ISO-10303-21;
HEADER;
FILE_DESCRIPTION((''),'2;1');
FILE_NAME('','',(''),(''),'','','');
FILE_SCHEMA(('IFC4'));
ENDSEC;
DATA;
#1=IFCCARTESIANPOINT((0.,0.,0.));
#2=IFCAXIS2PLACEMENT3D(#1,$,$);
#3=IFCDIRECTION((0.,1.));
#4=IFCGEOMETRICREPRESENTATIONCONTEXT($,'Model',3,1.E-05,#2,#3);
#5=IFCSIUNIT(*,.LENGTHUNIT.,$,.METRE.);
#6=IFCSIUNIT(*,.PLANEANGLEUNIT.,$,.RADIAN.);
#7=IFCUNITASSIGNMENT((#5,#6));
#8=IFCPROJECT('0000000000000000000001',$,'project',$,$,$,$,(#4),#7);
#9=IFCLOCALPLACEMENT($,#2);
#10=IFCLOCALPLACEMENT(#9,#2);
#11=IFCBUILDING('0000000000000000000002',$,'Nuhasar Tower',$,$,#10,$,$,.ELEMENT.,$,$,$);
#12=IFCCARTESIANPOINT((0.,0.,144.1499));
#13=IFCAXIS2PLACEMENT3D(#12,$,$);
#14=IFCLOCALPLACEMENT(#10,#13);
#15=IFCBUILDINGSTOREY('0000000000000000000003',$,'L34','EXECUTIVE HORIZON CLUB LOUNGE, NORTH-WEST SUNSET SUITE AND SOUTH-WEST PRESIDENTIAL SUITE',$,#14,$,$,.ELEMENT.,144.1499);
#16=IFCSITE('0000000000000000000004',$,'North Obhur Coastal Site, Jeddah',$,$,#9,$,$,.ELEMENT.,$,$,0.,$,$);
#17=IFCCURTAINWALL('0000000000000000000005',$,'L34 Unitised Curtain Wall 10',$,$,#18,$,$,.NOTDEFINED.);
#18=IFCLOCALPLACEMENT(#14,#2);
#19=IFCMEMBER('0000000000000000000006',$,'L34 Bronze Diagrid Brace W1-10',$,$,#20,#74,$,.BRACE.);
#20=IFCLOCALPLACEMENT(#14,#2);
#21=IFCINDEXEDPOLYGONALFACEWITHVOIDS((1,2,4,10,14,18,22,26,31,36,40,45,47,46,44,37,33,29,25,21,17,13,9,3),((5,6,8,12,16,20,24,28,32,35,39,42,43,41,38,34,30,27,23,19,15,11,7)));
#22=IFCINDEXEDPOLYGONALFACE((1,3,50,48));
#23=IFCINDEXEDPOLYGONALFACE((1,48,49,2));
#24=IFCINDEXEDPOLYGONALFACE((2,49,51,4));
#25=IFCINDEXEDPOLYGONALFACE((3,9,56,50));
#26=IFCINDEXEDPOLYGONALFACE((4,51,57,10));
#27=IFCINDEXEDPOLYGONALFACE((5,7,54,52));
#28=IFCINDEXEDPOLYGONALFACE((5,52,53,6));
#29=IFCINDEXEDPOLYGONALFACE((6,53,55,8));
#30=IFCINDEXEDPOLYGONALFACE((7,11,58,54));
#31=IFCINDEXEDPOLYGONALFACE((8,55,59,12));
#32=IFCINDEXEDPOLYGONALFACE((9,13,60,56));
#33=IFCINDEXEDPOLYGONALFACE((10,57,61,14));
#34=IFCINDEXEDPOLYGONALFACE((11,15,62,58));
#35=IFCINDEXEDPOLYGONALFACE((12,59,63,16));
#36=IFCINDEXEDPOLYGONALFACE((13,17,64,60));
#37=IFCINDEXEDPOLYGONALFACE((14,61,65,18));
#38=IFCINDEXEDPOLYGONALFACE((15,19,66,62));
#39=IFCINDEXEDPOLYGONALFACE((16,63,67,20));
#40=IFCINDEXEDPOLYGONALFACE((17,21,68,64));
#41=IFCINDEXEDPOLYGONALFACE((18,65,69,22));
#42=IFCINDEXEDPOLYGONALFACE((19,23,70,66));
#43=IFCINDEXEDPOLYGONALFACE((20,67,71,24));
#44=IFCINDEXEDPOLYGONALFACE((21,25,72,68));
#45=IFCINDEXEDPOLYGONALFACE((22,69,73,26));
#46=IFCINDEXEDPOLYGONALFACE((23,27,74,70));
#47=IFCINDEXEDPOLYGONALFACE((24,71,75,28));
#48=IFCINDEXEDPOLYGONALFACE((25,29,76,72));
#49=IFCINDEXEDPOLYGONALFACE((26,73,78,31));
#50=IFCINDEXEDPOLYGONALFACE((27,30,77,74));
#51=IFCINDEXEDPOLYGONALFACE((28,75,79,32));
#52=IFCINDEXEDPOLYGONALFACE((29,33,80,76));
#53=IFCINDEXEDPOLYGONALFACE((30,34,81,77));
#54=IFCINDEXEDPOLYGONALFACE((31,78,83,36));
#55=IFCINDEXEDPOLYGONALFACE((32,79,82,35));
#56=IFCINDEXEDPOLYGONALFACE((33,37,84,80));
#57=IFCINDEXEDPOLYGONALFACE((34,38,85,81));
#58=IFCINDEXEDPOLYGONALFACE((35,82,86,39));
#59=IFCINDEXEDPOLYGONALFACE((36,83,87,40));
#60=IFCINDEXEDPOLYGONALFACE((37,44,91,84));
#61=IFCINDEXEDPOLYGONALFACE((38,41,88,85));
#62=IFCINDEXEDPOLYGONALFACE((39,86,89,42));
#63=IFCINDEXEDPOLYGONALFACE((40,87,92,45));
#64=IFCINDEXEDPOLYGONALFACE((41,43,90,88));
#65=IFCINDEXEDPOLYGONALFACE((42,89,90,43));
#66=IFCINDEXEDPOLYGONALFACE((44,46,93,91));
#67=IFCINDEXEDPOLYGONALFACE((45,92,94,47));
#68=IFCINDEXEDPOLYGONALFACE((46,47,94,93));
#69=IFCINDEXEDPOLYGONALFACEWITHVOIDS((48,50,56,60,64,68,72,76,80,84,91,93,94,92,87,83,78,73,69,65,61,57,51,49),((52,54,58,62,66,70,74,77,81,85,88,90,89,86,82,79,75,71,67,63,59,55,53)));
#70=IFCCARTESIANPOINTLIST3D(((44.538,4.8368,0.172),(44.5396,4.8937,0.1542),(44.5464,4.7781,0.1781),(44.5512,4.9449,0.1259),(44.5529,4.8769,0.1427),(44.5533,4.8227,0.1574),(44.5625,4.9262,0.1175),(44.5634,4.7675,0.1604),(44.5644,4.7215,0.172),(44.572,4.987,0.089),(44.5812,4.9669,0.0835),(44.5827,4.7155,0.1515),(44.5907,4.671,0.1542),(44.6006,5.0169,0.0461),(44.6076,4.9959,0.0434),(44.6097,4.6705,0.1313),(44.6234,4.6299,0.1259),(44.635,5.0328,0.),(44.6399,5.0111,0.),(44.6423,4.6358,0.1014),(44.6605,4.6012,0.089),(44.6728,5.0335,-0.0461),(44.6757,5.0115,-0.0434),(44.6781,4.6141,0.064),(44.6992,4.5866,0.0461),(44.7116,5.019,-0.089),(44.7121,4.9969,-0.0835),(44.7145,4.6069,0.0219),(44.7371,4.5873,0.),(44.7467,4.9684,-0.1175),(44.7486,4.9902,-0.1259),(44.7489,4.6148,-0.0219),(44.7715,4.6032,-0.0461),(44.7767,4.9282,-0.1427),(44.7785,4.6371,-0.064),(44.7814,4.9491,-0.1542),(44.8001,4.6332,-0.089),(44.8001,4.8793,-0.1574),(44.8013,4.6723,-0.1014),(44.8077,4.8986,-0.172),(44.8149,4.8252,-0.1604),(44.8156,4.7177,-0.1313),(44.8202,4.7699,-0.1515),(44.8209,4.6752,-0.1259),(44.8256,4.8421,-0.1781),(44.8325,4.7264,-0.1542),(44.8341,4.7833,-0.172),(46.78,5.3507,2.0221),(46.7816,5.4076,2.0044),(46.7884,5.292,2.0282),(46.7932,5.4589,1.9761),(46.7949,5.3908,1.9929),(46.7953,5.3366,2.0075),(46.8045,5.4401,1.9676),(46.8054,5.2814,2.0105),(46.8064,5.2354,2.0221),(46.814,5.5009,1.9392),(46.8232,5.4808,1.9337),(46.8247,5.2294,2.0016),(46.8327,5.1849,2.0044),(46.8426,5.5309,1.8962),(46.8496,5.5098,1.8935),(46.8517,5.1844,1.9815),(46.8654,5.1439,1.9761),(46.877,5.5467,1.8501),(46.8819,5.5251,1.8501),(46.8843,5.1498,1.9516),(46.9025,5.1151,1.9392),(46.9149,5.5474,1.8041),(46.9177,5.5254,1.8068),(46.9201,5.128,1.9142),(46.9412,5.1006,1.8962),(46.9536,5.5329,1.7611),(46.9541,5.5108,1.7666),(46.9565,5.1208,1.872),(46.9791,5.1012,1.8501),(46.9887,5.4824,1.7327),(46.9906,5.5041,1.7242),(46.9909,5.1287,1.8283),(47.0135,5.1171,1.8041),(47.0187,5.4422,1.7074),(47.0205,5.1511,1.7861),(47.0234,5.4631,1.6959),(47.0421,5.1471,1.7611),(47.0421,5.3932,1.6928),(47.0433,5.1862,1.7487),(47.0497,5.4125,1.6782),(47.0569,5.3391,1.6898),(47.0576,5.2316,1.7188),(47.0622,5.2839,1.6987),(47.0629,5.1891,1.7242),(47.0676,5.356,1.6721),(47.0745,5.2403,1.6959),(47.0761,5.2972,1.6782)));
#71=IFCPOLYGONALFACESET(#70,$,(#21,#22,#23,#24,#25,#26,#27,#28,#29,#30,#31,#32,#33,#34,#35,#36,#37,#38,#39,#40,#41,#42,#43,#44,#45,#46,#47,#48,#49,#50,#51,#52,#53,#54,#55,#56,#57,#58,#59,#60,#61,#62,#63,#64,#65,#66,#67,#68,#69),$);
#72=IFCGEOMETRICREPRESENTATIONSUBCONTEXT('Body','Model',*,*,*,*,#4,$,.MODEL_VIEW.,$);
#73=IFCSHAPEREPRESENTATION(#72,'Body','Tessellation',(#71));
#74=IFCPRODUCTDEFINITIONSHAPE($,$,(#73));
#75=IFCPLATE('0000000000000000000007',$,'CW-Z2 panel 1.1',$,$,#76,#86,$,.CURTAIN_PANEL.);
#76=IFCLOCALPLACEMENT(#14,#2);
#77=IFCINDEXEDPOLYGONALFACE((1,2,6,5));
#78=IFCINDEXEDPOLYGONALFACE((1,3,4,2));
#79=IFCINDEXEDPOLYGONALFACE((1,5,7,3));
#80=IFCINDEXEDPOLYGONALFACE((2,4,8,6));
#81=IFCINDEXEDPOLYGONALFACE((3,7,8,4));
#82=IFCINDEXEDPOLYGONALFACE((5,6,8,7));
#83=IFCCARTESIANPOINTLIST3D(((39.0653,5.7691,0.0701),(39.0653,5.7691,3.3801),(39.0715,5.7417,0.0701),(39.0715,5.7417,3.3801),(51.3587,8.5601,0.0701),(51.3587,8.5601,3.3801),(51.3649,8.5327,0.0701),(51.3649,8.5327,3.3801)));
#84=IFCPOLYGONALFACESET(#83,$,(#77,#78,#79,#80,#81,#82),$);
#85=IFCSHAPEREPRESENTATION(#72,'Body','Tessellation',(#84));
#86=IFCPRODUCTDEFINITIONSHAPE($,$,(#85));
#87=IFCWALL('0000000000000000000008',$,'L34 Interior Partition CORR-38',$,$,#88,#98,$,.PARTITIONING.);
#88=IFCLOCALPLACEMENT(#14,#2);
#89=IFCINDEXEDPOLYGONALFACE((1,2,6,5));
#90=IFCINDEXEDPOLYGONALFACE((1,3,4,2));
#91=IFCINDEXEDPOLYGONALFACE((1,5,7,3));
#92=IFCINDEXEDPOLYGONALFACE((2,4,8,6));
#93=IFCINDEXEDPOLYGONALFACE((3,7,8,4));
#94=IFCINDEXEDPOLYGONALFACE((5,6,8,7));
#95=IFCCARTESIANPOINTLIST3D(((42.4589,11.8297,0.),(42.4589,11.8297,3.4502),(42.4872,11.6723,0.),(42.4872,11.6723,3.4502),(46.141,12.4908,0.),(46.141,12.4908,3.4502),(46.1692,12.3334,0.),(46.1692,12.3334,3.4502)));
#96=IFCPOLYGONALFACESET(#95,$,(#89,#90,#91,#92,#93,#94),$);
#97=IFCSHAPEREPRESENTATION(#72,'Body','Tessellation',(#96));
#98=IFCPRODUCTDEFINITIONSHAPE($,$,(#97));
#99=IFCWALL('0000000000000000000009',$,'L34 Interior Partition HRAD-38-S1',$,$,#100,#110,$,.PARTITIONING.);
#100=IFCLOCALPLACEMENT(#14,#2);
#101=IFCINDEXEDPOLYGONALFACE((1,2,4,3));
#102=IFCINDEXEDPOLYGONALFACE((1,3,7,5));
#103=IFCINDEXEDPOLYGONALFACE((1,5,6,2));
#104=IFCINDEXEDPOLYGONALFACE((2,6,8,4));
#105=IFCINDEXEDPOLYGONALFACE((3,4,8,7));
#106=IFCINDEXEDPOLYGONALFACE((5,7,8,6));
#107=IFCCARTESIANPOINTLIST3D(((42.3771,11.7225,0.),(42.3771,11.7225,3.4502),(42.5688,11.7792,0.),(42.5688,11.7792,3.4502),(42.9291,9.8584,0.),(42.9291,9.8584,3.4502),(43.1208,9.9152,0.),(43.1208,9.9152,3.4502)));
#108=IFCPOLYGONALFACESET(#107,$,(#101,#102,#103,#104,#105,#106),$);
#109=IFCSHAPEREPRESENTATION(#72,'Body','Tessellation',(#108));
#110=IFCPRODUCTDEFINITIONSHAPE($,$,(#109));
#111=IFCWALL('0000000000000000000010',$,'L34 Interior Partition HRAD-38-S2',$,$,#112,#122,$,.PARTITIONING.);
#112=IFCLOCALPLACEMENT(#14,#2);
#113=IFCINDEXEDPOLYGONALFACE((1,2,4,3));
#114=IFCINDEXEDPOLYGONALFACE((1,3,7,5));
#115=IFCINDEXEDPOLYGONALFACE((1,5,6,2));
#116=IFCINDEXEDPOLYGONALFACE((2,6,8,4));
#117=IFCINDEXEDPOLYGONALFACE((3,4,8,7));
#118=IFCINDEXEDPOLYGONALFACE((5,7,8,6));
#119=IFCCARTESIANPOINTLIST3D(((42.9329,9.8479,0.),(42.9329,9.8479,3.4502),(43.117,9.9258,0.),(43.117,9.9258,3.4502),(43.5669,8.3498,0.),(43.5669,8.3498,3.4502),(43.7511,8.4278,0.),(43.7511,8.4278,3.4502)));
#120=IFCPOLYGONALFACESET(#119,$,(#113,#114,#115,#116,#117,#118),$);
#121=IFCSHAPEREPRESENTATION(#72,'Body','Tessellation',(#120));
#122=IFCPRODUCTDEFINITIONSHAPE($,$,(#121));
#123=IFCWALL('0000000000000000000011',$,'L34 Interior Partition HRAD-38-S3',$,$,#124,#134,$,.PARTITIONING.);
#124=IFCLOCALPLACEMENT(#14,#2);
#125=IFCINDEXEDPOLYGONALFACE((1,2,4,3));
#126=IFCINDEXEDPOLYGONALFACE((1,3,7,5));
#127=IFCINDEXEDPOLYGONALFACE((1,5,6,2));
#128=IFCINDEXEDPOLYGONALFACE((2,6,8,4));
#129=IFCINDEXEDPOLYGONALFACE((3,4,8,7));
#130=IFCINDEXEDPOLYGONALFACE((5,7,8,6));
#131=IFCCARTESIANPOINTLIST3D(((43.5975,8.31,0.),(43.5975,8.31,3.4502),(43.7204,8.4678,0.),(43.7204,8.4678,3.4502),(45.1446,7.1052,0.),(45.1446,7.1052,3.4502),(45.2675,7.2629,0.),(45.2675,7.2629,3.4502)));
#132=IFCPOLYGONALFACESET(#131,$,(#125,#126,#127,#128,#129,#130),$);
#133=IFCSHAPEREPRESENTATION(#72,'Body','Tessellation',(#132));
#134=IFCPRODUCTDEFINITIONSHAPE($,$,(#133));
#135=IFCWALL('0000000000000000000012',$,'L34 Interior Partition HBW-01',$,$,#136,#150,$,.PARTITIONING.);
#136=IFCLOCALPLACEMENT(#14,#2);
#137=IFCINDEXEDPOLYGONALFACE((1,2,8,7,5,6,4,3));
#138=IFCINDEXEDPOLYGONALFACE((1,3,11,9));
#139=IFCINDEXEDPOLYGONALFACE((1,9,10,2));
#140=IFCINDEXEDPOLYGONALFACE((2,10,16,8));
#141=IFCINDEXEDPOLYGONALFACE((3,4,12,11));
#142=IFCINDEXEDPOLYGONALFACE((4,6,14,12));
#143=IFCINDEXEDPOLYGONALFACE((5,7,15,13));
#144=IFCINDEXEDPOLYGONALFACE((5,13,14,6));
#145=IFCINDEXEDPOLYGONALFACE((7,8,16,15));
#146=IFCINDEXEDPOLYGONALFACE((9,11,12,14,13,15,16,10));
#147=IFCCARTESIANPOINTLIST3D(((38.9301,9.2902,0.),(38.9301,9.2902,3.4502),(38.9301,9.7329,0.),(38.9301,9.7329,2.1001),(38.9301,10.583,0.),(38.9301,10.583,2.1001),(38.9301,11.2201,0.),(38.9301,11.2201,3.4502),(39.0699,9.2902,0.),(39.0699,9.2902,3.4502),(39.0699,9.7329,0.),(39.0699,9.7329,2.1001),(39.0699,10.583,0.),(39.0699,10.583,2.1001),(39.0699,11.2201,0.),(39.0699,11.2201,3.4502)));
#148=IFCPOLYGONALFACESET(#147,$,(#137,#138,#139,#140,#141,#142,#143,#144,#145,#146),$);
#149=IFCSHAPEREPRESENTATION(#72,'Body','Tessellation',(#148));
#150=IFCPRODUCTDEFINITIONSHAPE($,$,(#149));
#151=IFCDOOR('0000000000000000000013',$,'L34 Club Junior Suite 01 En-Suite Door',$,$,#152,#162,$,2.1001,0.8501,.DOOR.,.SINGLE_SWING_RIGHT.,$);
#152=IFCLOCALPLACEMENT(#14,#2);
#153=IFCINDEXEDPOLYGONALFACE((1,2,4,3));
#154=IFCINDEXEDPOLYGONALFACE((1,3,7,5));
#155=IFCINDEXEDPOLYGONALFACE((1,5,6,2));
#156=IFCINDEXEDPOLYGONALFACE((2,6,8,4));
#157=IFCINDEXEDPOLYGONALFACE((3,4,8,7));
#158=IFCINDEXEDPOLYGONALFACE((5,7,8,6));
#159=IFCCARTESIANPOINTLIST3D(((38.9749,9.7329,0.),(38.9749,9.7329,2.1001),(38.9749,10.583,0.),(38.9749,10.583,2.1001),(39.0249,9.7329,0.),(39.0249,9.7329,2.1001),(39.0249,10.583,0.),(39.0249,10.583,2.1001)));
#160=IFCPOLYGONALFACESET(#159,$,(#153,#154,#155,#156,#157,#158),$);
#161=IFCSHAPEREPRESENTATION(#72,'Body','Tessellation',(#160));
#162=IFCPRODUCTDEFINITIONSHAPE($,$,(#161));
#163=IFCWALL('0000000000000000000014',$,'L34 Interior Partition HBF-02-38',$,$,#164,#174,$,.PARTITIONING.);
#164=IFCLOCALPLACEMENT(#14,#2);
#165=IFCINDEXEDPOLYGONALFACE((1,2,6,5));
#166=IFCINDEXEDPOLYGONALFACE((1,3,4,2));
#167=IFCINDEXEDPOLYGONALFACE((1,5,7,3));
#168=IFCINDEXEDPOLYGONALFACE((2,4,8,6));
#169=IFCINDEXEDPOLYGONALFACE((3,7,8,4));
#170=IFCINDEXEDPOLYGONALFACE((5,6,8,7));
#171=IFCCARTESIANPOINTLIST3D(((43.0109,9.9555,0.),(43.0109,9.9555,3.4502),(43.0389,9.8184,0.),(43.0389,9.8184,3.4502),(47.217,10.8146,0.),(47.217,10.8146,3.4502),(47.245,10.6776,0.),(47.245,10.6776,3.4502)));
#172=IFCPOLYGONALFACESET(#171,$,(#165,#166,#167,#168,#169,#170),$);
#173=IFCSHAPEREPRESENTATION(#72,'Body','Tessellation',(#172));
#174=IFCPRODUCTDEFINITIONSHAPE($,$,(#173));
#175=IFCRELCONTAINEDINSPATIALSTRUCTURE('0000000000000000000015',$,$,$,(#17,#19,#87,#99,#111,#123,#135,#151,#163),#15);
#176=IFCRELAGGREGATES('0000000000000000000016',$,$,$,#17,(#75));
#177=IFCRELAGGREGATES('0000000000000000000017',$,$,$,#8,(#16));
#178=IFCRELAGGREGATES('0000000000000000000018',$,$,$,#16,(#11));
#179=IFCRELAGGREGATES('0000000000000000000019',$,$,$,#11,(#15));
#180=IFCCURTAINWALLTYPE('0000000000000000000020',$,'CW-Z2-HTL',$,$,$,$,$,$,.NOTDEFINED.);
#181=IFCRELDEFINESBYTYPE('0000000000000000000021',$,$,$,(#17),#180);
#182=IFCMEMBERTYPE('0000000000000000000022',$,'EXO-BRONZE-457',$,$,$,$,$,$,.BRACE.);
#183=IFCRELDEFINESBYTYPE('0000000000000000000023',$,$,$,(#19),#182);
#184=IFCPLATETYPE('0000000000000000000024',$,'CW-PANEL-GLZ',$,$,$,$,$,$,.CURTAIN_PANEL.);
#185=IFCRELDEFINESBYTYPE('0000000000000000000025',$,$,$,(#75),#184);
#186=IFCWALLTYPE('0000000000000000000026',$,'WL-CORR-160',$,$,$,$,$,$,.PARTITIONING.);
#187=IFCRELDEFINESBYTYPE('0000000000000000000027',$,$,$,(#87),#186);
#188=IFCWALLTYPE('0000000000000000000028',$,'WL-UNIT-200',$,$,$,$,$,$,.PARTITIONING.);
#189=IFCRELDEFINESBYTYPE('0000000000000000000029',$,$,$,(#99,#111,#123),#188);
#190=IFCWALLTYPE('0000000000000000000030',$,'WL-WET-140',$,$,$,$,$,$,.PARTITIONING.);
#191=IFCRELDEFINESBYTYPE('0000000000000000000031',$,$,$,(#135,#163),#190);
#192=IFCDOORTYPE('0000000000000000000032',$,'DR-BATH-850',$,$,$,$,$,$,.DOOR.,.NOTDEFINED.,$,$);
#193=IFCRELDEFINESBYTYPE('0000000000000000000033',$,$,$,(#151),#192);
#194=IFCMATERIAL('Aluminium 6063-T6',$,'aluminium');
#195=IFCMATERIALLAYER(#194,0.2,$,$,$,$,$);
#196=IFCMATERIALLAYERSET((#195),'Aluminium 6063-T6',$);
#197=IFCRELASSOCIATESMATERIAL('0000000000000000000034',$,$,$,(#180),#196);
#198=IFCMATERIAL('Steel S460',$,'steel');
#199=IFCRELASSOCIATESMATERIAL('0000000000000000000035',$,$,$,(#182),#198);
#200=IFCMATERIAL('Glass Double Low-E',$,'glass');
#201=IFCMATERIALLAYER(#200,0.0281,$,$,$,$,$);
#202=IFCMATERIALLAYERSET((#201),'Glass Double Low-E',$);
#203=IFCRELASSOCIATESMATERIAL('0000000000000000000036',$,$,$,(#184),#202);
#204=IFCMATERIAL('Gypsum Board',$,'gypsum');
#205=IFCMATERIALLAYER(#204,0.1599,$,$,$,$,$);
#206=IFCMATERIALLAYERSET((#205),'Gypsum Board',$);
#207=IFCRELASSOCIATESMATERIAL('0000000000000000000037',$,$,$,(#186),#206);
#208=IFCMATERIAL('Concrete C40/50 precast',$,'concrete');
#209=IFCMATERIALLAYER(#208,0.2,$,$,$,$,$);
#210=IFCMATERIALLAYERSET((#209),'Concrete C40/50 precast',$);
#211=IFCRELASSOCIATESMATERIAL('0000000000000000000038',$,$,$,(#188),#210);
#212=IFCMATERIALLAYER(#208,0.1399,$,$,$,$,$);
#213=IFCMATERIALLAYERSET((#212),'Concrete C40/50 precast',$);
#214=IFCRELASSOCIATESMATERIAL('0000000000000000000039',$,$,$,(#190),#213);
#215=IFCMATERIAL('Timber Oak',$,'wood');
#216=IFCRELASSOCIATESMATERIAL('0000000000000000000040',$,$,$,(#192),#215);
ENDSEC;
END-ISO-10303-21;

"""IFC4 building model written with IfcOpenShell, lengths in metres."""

from ifc_helpers import new_model, si_unit, direction, frame, frame_2d, origin, origin_2d, place, context, subcontext, project, spatial, rectangle, hollow_circle, extrude, material, layer, layer_set, material_profile, profile_set, type_object, element, fill, aggregate, save


model = new_model("IFC4")

# Units and contexts
model_context = context("Model", 3, precision=1e-05, world=origin(), true_north=direction((0.0, 1.0)))
body_context = subcontext(model_context, "Body", "Model", "MODEL_VIEW")
ifc_project = project(units=[si_unit("LENGTHUNIT", "METRE"), si_unit("PLANEANGLEUNIT", "RADIAN")], contexts=[model_context])

# Site, building, storey
site_placement = place(None, origin())
site = spatial("IfcSite", under=ifc_project, at=site_placement, Name="North Obhur Coastal Site, Jeddah", CompositionType="ELEMENT", RefElevation=0.0)
building_placement = place(site_placement, origin())
building = spatial("IfcBuilding", under=site, at=building_placement, Name="Nuhasar Tower", CompositionType="ELEMENT")
storey_placement = place(building_placement, frame((0.0, 0.0, 144.1499)))
storey = spatial("IfcBuildingStorey", under=building, at=storey_placement, Name="L34", Description="EXECUTIVE HORIZON CLUB LOUNGE, NORTH-WEST SUNSET SUITE AND SOUTH-WEST PRESIDENTIAL SUITE", CompositionType="ELEMENT", Elevation=144.1499)

# Shared definitions
ifc_material_1 = material(Name="Aluminium 6063-T6", Category="aluminium")
ifc_layer_1 = layer(ifc_material_1, 0.2)
ifc_layer_set_1 = layer_set([ifc_layer_1], Name="Aluminium 6063-T6")
curtain_wall_type = type_object("IfcCurtainWallType", Name="CW-Z2-HTL", PredefinedType="NOTDEFINED", material=ifc_layer_set_1)

# Curtain wall
curtain_wall_1_placement = place(storey_placement, origin())
curtain_wall_1 = element("IfcCurtainWall", 1, at=curtain_wall_1_placement, inside=storey, type_object=curtain_wall_type, Name="L34 Unitised Curtain Wall 10", PredefinedType="NOTDEFINED")

# Member
ifc_material_2 = material(Name="Steel S460", Category="steel")
ifc_material_profile_1 = material_profile(ifc_material_2, hollow_circle(Radius=0.2285, WallThickness=0.0222, at=origin_2d()), Name="HSS457X22.2")
ifc_profile_set_1 = profile_set([ifc_material_profile_1], Name="Steel S460")
member_type_1 = type_object("IfcMemberType", Name="EXO-BRONZE-457", PredefinedType="BRACE", material=ifc_profile_set_1)
member_1_placement = place(storey_placement, frame((44.686, 4.8101, 0.0), z_axis=(0.75951, 0.174101, 0.626764), x_axis=(-0.223433, 0.974719, 0.0)))
element("IfcMember", 2, at=member_1_placement, inside=storey, type_object=member_type_1, Name="L34 Bronze Diagrid Brace W1-10", PredefinedType="BRACE", context=body_context, shape_type="SweptSolid", body=[
    extrude(hollow_circle(Radius=0.2285, WallThickness=0.0222, at=origin_2d()), origin(), (0.0, 0.0, 1.0), 2.9519),
])

# Plate
ifc_material_3 = material(Name="Glass Double Low-E", Category="glass")
ifc_layer_2 = layer(ifc_material_3, 0.0281)
ifc_layer_set_2 = layer_set([ifc_layer_2], Name="Glass Double Low-E")
plate_type = type_object("IfcPlateType", Name="CW-PANEL-GLZ", PredefinedType="CURTAIN_PANEL", material=ifc_layer_set_2)
plate_placement = place(storey_placement, frame((45.2151, 7.1509, 0.0701), z_axis=(0.0, 0.0, 1.0), x_axis=(0.975184, 0.221397, 0.0)))
plate = element("IfcPlate", 3, at=plate_placement, type_object=plate_type, Name="CW-Z2 panel 1.1", PredefinedType="CURTAIN_PANEL", context=body_context, shape_type="SweptSolid", body=[
    extrude(rectangle(XDim=12.6062, YDim=0.0281, at=origin_2d()), origin(), (0.0, 0.0, 1.0), 3.3101),
])
aggregate(curtain_wall_1, [plate])

# Shared definitions
ifc_material_4 = material(Name="Gypsum Board", Category="gypsum")
ifc_layer_3 = layer(ifc_material_4, 0.1599)
ifc_layer_set_3 = layer_set([ifc_layer_3], Name="Gypsum Board")
wall_type_1 = type_object("IfcWallType", Name="WL-CORR-160", PredefinedType="PARTITIONING", material=ifc_layer_set_3)
ifc_material_5 = material(Name="Timber Oak", Category="wood")

# Wall
wall_1_placement = place(storey_placement, frame((42.4729, 11.751, 0.0), z_axis=(0.0, 0.0, 1.0), x_axis=(0.98426, 0.176726, 0.0)))
element("IfcWall", 4, at=wall_1_placement, inside=storey, type_object=wall_type_1, Name="L34 Interior Partition CORR-38", PredefinedType="PARTITIONING", context=body_context, shape_type="SweptSolid", body=[
    extrude(rectangle(XDim=3.741, YDim=0.1599, at=frame_2d((1.8706, 0.0))), origin(), (0.0, 0.0, 1.0), 3.4502),
])

# Walls
ifc_material_6 = material(Name="Concrete C40/50 precast", Category="concrete")
ifc_layer_4 = layer(ifc_material_6, 0.2)
ifc_layer_set_4 = layer_set([ifc_layer_4], Name="Concrete C40/50 precast")
wall_type_2 = type_object("IfcWallType", Name="WL-UNIT-200", PredefinedType="PARTITIONING", material=ifc_layer_set_4)
wall_2_placement = place(storey_placement, frame((42.4729, 11.751, 0.0), z_axis=(0.0, 0.0, 1.0), x_axis=(0.283947, -0.95884, 0.0)))
element("IfcWall", 5, at=wall_2_placement, inside=storey, type_object=wall_type_2, Name="L34 Interior Partition HRAD-38-S1", PredefinedType="PARTITIONING", context=body_context, shape_type="SweptSolid", body=[
    extrude(rectangle(XDim=1.9441, YDim=0.2, at=frame_2d((0.9722, 0.0))), origin(), (0.0, 0.0, 1.0), 3.4502),
])
wall_3_placement = place(storey_placement, frame((43.0249, 9.887, 0.0), z_axis=(0.0, 0.0, 1.0), x_axis=(0.389767, -0.920913, 0.0)))
element("IfcWall", 6, at=wall_3_placement, inside=storey, type_object=wall_type_2, Name="L34 Interior Partition HRAD-38-S2", PredefinedType="PARTITIONING", context=body_context, shape_type="SweptSolid", body=[
    extrude(rectangle(XDim=1.6267, YDim=0.2, at=frame_2d((0.8135, 0.0))), origin(), (0.0, 0.0, 1.0), 3.4502),
])
wall_4_placement = place(storey_placement, frame((43.6589, 8.3889, 0.0), z_axis=(0.0, 0.0, 1.0), x_axis=(0.788977, -0.614423, 0.0)))
element("IfcWall", 7, at=wall_4_placement, inside=storey, type_object=wall_type_2, Name="L34 Interior Partition HRAD-38-S3", PredefinedType="PARTITIONING", context=body_context, shape_type="SweptSolid", body=[
    extrude(rectangle(XDim=1.9609, YDim=0.2, at=frame_2d((0.9805, 0.0))), origin(), (0.0, 0.0, 1.0), 3.4502),
])

# Wall, opening, door
ifc_layer_5 = layer(ifc_material_6, 0.1399)
ifc_layer_set_5 = layer_set([ifc_layer_5], Name="Concrete C40/50 precast")
wall_type_3 = type_object("IfcWallType", Name="WL-WET-140", PredefinedType="PARTITIONING", material=ifc_layer_set_5)
wall_5_placement = place(storey_placement, frame((39.0, 11.22, 0.0), z_axis=(0.0, 0.0, 1.0), x_axis=(0.0, -1.0, 0.0)))
wall_5 = element("IfcWall", 8, at=wall_5_placement, inside=storey, type_object=wall_type_3, Name="L34 Interior Partition HBW-01", PredefinedType="PARTITIONING", context=body_context, shape_type="SweptSolid", body=[
    extrude(rectangle(XDim=1.9299, YDim=0.1399, at=frame_2d((0.9648, 0.0))), origin(), (0.0, 0.0, 1.0), 3.4502),
])
opening_1_placement = place(wall_5_placement, frame((0.637, 0.0, 0.0)))
opening_1 = element("IfcOpeningElement", 9, at=opening_1_placement, cuts=wall_5, PredefinedType="OPENING", context=body_context, shape_type="SweptSolid", body=[
    extrude(rectangle(XDim=0.8501, YDim=2.1001, at=frame_2d((0.425, 1.05))), frame((0.0, 0.0801, 0.0), z_axis=(0.0, -1.0, 0.0), x_axis=(1.0, 0.0, 0.0)), (0.0, 0.0, 1.0), 0.1599),
])
door_type_1 = type_object("IfcDoorType", Name="DR-BATH-850", OperationType="NOTDEFINED", PredefinedType="DOOR", material=ifc_material_5)
door_1_placement = place(opening_1_placement, origin())
door_1 = element("IfcDoor", 10, at=door_1_placement, inside=storey, type_object=door_type_1, Name="L34 Club Junior Suite 01 En-Suite Door", OperationType="SINGLE_SWING_RIGHT", OverallHeight=2.1001, OverallWidth=0.8501, PredefinedType="DOOR", context=body_context, shape_type="SweptSolid", body=[
    extrude(rectangle(XDim=0.8501, YDim=2.1001, at=frame_2d((0.425, 1.05))), frame((0.0, 0.0249, 0.0), z_axis=(0.0, -1.0, 0.0), x_axis=(1.0, 0.0, 0.0)), (0.0, 0.0, 1.0), 0.05),
])
fill(opening_1, door_1)

# Wall
wall_6_placement = place(storey_placement, frame((43.0249, 9.887, 0.0), z_axis=(0.0, 0.0, 1.0), x_axis=(0.97977, 0.200128, 0.0)))
element("IfcWall", 11, at=wall_6_placement, inside=storey, type_object=wall_type_3, Name="L34 Interior Partition HBF-02-38", PredefinedType="PARTITIONING", context=body_context, shape_type="SweptSolid", body=[
    extrude(rectangle(XDim=4.293, YDim=0.1399, at=frame_2d((2.1465, 0.0))), origin(), (0.0, 0.0, 1.0), 3.4502),
])

save(model, "model.ifc")
